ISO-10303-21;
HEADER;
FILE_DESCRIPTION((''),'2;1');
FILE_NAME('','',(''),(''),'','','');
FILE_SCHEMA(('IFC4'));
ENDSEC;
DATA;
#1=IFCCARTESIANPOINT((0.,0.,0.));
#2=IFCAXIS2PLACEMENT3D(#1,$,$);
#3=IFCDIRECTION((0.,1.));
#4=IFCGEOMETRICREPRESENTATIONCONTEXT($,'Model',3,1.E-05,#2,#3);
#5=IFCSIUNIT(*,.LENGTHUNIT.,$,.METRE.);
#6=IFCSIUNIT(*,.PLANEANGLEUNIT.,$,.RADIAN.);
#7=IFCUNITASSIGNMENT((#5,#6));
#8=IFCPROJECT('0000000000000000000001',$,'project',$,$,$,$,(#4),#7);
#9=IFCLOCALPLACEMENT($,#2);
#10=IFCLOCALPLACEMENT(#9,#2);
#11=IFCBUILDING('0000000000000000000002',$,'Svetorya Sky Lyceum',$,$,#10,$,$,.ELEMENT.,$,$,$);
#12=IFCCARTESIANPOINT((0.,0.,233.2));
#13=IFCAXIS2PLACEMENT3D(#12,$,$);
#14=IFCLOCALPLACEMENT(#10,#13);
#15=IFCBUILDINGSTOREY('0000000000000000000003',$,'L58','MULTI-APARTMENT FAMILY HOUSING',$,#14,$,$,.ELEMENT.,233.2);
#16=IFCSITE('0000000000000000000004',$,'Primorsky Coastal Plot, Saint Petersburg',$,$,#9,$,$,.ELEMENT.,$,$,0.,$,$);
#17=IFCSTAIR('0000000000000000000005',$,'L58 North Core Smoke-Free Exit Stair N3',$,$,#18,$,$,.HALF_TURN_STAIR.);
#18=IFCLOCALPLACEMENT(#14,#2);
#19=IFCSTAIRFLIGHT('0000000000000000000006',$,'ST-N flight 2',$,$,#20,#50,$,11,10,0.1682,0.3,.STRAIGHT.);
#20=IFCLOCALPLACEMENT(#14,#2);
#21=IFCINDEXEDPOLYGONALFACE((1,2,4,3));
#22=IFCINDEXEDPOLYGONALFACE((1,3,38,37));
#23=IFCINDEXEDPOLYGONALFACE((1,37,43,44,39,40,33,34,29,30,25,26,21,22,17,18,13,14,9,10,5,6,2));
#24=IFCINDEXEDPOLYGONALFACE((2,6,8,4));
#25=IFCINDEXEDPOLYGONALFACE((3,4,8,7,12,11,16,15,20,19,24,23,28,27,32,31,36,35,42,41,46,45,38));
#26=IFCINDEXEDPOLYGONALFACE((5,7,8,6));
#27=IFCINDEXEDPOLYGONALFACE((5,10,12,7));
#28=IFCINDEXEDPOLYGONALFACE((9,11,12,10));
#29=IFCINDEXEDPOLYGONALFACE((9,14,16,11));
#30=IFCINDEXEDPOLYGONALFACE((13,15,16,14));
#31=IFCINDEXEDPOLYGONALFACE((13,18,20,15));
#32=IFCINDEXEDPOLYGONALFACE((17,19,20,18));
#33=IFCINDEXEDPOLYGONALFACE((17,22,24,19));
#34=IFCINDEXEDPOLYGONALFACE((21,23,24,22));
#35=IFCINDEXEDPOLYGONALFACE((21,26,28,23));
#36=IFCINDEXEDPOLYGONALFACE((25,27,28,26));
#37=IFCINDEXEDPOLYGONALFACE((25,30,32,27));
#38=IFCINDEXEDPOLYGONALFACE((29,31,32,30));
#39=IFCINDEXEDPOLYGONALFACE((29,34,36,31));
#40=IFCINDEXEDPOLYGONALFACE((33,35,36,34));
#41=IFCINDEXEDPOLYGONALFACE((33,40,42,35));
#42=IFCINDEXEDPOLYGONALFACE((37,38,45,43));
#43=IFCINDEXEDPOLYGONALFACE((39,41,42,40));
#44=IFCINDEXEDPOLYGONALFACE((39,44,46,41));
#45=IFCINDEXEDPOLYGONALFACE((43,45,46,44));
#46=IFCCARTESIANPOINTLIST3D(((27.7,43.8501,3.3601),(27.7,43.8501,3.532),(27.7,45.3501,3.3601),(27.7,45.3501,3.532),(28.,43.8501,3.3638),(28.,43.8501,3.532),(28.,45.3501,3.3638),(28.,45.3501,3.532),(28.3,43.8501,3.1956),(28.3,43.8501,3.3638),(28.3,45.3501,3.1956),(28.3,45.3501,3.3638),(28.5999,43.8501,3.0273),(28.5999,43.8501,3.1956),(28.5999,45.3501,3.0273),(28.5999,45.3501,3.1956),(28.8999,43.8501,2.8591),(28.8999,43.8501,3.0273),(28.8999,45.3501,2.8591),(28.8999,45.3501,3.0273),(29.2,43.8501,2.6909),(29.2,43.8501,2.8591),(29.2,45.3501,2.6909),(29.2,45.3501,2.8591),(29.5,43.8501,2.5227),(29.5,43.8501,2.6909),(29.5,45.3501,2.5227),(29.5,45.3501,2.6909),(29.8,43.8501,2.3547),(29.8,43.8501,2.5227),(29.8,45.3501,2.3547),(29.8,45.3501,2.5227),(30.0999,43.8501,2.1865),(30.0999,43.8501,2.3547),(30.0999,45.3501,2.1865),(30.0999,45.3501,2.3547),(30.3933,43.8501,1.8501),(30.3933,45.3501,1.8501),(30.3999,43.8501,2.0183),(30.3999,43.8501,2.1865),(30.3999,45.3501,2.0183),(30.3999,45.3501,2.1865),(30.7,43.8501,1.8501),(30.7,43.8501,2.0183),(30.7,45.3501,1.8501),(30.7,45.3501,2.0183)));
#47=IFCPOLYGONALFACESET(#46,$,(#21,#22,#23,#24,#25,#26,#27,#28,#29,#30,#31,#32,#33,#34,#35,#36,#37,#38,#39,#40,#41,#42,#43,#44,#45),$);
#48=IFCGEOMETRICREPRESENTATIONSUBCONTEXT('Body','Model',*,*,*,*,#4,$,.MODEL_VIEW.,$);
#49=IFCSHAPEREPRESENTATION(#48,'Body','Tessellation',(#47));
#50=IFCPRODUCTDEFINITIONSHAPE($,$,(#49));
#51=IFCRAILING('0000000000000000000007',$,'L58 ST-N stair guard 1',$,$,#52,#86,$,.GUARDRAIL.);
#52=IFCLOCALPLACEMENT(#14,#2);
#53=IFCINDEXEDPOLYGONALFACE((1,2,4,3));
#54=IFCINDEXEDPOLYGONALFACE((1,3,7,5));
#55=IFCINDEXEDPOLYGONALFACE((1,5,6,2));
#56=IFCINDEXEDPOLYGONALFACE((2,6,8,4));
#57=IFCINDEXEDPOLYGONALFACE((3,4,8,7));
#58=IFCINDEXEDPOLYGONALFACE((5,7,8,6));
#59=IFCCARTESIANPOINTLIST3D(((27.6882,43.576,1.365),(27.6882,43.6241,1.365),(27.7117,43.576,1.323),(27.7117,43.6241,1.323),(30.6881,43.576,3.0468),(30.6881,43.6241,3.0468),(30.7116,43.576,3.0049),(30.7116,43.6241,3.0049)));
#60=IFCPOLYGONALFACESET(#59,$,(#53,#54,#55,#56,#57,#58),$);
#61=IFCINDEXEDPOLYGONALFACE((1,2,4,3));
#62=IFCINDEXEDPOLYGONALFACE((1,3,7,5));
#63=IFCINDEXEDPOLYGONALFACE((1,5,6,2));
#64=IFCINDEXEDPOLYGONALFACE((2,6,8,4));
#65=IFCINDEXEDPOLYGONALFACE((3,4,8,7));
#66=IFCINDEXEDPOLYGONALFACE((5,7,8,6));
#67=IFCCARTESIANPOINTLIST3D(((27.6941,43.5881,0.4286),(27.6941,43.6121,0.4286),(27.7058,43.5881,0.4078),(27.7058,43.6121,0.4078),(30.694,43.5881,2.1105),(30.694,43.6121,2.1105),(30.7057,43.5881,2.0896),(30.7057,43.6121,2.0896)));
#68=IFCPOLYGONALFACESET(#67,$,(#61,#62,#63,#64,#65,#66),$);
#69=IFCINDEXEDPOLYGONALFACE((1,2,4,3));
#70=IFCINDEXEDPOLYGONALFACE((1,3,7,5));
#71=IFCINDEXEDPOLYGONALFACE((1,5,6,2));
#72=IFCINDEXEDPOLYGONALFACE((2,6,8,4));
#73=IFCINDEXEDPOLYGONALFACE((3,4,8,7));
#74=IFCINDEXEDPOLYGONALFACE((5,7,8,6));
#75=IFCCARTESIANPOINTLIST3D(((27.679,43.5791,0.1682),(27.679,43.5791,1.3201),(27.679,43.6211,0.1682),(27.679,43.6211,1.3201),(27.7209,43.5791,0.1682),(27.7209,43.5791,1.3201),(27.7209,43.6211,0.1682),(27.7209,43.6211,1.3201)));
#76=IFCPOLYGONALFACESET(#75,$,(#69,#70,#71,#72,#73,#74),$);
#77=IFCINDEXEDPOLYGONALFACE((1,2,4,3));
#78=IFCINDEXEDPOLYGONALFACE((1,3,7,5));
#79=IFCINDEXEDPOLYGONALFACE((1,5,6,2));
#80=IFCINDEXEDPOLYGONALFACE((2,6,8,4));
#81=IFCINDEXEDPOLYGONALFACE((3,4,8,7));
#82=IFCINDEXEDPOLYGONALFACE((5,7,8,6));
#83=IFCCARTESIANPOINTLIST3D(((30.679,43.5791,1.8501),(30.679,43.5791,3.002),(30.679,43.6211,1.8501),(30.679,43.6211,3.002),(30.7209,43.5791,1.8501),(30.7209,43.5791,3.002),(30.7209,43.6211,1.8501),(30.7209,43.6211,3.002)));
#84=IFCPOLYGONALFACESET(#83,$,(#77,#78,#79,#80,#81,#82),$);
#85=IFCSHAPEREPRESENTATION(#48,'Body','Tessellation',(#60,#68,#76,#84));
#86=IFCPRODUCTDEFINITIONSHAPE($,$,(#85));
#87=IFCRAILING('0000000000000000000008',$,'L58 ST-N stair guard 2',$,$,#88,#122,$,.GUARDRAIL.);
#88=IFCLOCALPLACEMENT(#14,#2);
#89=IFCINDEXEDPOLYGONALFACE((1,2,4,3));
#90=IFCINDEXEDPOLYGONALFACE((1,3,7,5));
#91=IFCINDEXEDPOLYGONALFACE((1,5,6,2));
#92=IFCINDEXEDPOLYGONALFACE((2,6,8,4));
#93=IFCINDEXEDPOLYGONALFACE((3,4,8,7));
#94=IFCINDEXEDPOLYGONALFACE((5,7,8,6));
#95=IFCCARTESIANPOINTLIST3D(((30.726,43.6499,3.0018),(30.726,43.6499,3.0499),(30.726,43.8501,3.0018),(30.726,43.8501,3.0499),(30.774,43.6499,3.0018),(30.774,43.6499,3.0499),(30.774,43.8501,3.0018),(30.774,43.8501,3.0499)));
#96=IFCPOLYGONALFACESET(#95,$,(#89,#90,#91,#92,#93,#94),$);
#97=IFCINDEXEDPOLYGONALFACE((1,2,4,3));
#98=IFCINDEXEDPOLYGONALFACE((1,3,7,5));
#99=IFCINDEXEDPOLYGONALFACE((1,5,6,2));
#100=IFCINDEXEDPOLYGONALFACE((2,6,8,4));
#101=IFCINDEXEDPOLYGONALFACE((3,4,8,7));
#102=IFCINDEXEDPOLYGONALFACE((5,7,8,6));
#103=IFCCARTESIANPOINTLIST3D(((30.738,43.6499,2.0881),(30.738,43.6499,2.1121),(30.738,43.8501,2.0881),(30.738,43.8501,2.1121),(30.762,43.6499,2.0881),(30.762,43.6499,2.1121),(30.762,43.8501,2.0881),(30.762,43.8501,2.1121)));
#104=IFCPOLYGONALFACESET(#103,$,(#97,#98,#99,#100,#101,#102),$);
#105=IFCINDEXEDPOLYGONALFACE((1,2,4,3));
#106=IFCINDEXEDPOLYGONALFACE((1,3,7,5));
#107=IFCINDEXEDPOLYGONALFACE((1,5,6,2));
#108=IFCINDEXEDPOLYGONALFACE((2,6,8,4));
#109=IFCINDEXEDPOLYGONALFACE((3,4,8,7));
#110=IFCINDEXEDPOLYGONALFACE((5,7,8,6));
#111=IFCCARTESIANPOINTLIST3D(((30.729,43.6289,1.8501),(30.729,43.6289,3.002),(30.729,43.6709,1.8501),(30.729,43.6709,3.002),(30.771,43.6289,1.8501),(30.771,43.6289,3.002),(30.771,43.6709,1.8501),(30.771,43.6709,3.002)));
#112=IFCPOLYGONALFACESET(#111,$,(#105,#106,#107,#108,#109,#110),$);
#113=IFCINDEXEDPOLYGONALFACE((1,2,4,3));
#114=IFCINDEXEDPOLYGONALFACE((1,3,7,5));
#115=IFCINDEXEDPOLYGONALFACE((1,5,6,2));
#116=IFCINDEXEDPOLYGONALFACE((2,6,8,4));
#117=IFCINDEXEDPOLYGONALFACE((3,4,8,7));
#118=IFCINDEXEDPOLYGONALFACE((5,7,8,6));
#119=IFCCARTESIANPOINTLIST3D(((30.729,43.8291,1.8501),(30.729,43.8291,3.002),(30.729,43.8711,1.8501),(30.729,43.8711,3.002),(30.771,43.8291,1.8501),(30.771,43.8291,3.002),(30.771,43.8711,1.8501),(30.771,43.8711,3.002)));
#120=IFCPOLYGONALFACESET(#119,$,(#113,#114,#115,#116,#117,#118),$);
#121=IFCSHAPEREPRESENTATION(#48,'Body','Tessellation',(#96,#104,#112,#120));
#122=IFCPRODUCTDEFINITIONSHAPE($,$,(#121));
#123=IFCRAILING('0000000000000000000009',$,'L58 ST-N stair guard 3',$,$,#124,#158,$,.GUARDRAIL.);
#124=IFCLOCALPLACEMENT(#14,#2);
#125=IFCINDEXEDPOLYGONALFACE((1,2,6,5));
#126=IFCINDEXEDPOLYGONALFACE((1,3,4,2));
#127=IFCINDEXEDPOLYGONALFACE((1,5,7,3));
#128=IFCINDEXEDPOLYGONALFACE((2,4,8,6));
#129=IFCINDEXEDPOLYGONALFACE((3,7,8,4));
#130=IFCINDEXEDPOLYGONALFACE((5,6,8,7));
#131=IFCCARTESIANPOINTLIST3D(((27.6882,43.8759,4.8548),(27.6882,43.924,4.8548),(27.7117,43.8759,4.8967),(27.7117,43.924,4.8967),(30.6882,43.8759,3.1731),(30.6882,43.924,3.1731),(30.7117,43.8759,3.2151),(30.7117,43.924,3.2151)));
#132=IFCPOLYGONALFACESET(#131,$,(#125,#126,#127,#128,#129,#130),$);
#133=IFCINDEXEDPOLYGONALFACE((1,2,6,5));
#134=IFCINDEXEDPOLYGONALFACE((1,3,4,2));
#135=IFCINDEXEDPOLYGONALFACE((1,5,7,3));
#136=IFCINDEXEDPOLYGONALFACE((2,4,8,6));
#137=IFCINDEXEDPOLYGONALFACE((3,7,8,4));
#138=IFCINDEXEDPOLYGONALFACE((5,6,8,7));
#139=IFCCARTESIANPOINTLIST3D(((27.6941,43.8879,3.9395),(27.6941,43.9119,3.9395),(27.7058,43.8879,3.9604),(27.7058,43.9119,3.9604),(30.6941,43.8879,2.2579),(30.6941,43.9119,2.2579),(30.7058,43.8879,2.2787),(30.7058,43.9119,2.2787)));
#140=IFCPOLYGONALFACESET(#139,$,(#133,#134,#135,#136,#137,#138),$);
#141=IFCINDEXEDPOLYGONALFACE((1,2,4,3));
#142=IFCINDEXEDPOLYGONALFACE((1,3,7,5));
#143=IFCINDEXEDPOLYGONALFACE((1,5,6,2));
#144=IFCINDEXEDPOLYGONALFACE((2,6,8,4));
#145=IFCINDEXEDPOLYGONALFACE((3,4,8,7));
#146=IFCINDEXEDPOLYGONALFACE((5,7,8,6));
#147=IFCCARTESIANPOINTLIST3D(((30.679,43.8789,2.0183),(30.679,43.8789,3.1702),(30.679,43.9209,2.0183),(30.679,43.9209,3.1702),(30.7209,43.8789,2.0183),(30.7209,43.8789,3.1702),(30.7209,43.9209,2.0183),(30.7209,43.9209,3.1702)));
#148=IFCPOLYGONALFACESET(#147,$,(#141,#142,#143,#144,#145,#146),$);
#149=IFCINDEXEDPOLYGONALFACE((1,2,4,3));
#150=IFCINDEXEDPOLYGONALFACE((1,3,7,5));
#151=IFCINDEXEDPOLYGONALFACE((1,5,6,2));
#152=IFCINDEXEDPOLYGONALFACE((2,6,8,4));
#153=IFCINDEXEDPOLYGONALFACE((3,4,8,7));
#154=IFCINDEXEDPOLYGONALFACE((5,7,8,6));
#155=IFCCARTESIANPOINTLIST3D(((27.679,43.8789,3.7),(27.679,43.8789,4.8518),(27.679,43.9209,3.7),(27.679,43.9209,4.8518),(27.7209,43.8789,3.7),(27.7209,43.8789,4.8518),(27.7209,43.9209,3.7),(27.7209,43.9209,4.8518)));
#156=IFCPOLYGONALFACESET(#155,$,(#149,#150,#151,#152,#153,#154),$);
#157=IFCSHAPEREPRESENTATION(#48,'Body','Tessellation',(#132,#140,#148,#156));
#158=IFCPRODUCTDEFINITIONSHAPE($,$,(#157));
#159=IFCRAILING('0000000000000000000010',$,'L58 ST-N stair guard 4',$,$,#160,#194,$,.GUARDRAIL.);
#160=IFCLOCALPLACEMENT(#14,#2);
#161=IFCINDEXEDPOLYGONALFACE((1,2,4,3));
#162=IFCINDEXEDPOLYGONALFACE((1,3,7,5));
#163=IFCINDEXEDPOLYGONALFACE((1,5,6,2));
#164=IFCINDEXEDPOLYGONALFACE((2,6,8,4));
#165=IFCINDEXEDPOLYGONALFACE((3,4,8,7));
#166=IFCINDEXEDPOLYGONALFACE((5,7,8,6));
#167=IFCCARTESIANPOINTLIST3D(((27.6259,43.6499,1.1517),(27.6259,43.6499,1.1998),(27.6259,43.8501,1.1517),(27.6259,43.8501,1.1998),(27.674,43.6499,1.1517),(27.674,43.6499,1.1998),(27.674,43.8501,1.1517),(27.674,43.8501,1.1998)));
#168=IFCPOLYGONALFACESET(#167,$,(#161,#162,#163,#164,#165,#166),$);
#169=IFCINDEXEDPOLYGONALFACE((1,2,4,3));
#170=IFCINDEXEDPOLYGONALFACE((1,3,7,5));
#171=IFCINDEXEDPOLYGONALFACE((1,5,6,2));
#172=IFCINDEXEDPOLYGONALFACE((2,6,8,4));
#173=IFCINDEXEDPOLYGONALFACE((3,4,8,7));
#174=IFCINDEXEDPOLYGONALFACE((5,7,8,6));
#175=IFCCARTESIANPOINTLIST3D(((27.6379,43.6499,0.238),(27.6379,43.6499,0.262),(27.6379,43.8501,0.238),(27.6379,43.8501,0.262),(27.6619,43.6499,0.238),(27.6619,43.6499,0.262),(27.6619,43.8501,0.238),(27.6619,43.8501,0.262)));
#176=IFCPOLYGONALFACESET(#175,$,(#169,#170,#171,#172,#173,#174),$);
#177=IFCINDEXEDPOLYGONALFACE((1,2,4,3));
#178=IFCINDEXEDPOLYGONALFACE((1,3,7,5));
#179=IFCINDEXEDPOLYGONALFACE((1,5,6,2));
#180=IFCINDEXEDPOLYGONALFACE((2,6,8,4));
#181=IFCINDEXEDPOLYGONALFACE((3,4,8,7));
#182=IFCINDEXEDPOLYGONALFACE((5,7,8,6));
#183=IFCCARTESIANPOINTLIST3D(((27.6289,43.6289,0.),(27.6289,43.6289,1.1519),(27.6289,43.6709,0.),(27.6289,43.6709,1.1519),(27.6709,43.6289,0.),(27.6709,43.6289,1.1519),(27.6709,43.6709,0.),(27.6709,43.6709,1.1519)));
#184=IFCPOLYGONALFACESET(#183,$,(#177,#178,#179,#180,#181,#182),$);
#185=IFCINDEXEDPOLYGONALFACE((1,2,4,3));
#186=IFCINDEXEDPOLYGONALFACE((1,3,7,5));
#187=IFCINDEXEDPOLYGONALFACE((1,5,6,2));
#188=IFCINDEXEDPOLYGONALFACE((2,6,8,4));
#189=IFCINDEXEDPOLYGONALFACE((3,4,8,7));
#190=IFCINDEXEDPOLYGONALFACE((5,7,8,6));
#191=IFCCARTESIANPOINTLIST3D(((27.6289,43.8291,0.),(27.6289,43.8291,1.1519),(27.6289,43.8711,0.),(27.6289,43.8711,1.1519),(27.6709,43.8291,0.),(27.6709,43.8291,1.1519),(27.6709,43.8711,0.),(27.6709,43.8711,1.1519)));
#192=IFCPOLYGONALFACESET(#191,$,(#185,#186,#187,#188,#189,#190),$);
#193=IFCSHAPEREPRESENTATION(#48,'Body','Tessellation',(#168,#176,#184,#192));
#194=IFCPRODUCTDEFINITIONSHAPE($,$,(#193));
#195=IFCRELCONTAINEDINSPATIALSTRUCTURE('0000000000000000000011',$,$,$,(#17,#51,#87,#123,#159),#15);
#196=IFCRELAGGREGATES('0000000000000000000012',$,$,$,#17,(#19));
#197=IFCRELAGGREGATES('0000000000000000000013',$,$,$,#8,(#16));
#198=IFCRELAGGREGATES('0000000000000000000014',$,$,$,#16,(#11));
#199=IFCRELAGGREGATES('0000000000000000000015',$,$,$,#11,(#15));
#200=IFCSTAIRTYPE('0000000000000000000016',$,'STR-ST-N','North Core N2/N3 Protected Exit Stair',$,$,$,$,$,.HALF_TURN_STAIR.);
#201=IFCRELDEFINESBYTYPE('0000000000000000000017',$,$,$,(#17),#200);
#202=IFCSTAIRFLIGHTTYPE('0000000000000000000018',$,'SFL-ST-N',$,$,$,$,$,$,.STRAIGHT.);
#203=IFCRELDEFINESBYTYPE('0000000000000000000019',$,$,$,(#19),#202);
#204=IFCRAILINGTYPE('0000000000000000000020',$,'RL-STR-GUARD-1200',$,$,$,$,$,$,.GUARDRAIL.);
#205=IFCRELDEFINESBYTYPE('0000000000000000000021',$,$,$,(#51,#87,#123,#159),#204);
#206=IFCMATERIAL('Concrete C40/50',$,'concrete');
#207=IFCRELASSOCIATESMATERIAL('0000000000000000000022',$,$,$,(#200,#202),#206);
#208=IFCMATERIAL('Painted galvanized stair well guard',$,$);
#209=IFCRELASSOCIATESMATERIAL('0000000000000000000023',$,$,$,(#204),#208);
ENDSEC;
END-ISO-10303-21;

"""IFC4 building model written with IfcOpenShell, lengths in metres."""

from ifc_helpers import new_model, si_unit, direction, frame, origin, origin_2d, place, context, subcontext, project, spatial, polyline, rectangle, outline, extrude, material, type_object, element, aggregate, save


model = new_model("IFC4")

# Units and contexts
model_context = context("Model", 3, precision=1e-05, world=origin(), true_north=direction((0.0, 1.0)))
body_context = subcontext(model_context, "Body", "Model", "MODEL_VIEW")
ifc_project = project(units=[si_unit("LENGTHUNIT", "METRE"), si_unit("PLANEANGLEUNIT", "RADIAN")], contexts=[model_context])

# Site, building, storey
site_placement = place(None, origin())
site = spatial("IfcSite", under=ifc_project, at=site_placement, Name="Primorsky Coastal Plot, Saint Petersburg", CompositionType="ELEMENT", RefElevation=0.0)
building_placement = place(site_placement, origin())
building = spatial("IfcBuilding", under=site, at=building_placement, Name="Svetorya Sky Lyceum", CompositionType="ELEMENT")
storey_placement = place(building_placement, frame((0.0, 0.0, 233.2)))
storey = spatial("IfcBuildingStorey", under=building, at=storey_placement, Name="L58", Description="MULTI-APARTMENT FAMILY HOUSING", CompositionType="ELEMENT", Elevation=233.2)

# Stair, stair flight
ifc_material_1 = material(Name="Concrete C40/50", Category="concrete")
stair_type = type_object("IfcStairType", Name="STR-ST-N", Description="North Core N2/N3 Protected Exit Stair", PredefinedType="HALF_TURN_STAIR", material=ifc_material_1)
stair_placement = place(storey_placement, origin())
stair = element("IfcStair", 1, at=stair_placement, inside=storey, type_object=stair_type, Name="L58 North Core Smoke-Free Exit Stair N3", PredefinedType="HALF_TURN_STAIR")
stair_flight_type = type_object("IfcStairFlightType", Name="SFL-ST-N", PredefinedType="STRAIGHT", material=ifc_material_1)
stair_flight_1_placement = place(storey_placement, frame((30.7, 44.6001, 1.8501), z_axis=(0.0, 0.0, 1.0), x_axis=(-1.0, 0.0, 0.0)))
stair_flight_1 = element("IfcStairFlight", 2, at=stair_flight_1_placement, type_object=stair_flight_type, Name="ST-N flight 2", NumberOfRisers=11, NumberOfTreads=10, PredefinedType="STRAIGHT", RiserHeight=0.1682, TreadLength=0.3, context=body_context, shape_type="SweptSolid", body=[
    extrude(outline(polyline([(0.0, 0.0), (0.0, 0.1682), (0.3, 0.1682), (0.3, 0.3364), (0.6001, 0.3364), (0.6001, 0.5046), (0.8999, 0.5046), (0.8999, 0.6726), (1.2, 0.6726), (1.2, 0.8408), (1.5, 0.8408), (1.5, 1.009), (1.8, 1.009), (1.8, 1.1772), (2.1001, 1.1772), (2.1001, 1.3455), (2.3999, 1.3455), (2.3999, 1.5137), (2.7, 1.5137), (2.7, 1.6819), (3.0, 1.6819), (3.0, 1.8501), (3.0, 1.51), (0.3066, 0.0), (0.0, 0.0)])), frame((0.0, 0.75, 0.0), z_axis=(0.0, -1.0, 0.0), x_axis=(1.0, 0.0, 0.0)), (0.0, 0.0, 1.0), 1.5),
])
aggregate(stair, [stair_flight_1])

# Railings
ifc_material_2 = material(Name="Painted galvanized stair well guard")
railing_type_1 = type_object("IfcRailingType", Name="RL-STR-GUARD-1200", PredefinedType="GUARDRAIL", material=ifc_material_2)
railing_1_placement = place(storey_placement, frame((27.7, 43.6001, 0.1682)))
element("IfcRailing", 3, at=railing_1_placement, inside=storey, type_object=railing_type_1, Name="L58 ST-N stair guard 1", PredefinedType="GUARDRAIL", context=body_context, shape_type="SweptSolid", body=[
    extrude(rectangle(XDim=0.0481, YDim=0.0481, at=origin_2d()), frame((0.0, 0.0, 1.1758), z_axis=(0.872272, 0.0, 0.48902), x_axis=(0.0, 1.0, 0.0)), (0.0, 0.0, 1.0), 3.4392),
    extrude(rectangle(XDim=0.0239, YDim=0.0239, at=origin_2d()), frame((0.0, 0.0, 0.25), z_axis=(0.872272, 0.0, 0.48902), x_axis=(0.0, 1.0, 0.0)), (0.0, 0.0, 1.0), 3.4392),
    extrude(rectangle(XDim=0.042, YDim=0.042, at=origin_2d()), origin(), (0.0, 0.0, 1.0), 1.1519),
    extrude(rectangle(XDim=0.042, YDim=0.042, at=origin_2d()), frame((3.0, 0.0, 1.6819)), (0.0, 0.0, 1.0), 1.1519),
])
railing_2_placement = place(storey_placement, frame((30.75, 43.6499, 1.8501)))
element("IfcRailing", 4, at=railing_2_placement, inside=storey, type_object=railing_type_1, Name="L58 ST-N stair guard 2", PredefinedType="GUARDRAIL", context=body_context, shape_type="SweptSolid", body=[
    extrude(rectangle(XDim=0.0481, YDim=0.0481, at=origin_2d()), frame((0.0, 0.0, 1.1758), z_axis=(0.0, 1.0, 0.0), x_axis=(-1.0, 0.0, 0.0)), (0.0, 0.0, 1.0), 0.2002),
    extrude(rectangle(XDim=0.0239, YDim=0.0239, at=origin_2d()), frame((0.0, 0.0, 0.25), z_axis=(0.0, 1.0, 0.0), x_axis=(-1.0, 0.0, 0.0)), (0.0, 0.0, 1.0), 0.2002),
    extrude(rectangle(XDim=0.042, YDim=0.042, at=origin_2d()), origin(), (0.0, 0.0, 1.0), 1.1519),
    extrude(rectangle(XDim=0.042, YDim=0.042, at=origin_2d()), frame((0.0, 0.2002, 0.0)), (0.0, 0.0, 1.0), 1.1519),
])
railing_3_placement = place(storey_placement, frame((30.7, 43.8999, 2.0183)))
element("IfcRailing", 5, at=railing_3_placement, inside=storey, type_object=railing_type_1, Name="L58 ST-N stair guard 3", PredefinedType="GUARDRAIL", context=body_context, shape_type="SweptSolid", body=[
    extrude(rectangle(XDim=0.0481, YDim=0.0481, at=origin_2d()), frame((0.0, 0.0, 1.1758), z_axis=(-0.872303, 0.0, 0.488966), x_axis=(0.0, -1.0, 0.0)), (0.0, 0.0, 1.0), 3.4392),
    extrude(rectangle(XDim=0.0239, YDim=0.0239, at=origin_2d()), frame((0.0, 0.0, 0.25), z_axis=(-0.872303, 0.0, 0.488966), x_axis=(0.0, -1.0, 0.0)), (0.0, 0.0, 1.0), 3.4392),
    extrude(rectangle(XDim=0.042, YDim=0.042, at=origin_2d()), origin(), (0.0, 0.0, 1.0), 1.1519),
    extrude(rectangle(XDim=0.042, YDim=0.042, at=origin_2d()), frame((-3.0, 0.0, 1.6816)), (0.0, 0.0, 1.0), 1.1519),
])
railing_4_placement = place(storey_placement, frame((27.6499, 43.6499, 0.0)))
element("IfcRailing", 6, at=railing_4_placement, inside=storey, type_object=railing_type_1, Name="L58 ST-N stair guard 4", PredefinedType="GUARDRAIL", context=body_context, shape_type="SweptSolid", body=[
    extrude(rectangle(XDim=0.0481, YDim=0.0481, at=origin_2d()), frame((0.0, 0.0, 1.1758), z_axis=(0.0, 1.0, 0.0), x_axis=(-1.0, 0.0, 0.0)), (0.0, 0.0, 1.0), 0.2002),
    extrude(rectangle(XDim=0.0239, YDim=0.0239, at=origin_2d()), frame((0.0, 0.0, 0.25), z_axis=(0.0, 1.0, 0.0), x_axis=(-1.0, 0.0, 0.0)), (0.0, 0.0, 1.0), 0.2002),
    extrude(rectangle(XDim=0.042, YDim=0.042, at=origin_2d()), origin(), (0.0, 0.0, 1.0), 1.1519),
    extrude(rectangle(XDim=0.042, YDim=0.042, at=origin_2d()), frame((0.0, 0.2002, 0.0)), (0.0, 0.0, 1.0), 1.1519),
])

save(model, "model.ifc")
